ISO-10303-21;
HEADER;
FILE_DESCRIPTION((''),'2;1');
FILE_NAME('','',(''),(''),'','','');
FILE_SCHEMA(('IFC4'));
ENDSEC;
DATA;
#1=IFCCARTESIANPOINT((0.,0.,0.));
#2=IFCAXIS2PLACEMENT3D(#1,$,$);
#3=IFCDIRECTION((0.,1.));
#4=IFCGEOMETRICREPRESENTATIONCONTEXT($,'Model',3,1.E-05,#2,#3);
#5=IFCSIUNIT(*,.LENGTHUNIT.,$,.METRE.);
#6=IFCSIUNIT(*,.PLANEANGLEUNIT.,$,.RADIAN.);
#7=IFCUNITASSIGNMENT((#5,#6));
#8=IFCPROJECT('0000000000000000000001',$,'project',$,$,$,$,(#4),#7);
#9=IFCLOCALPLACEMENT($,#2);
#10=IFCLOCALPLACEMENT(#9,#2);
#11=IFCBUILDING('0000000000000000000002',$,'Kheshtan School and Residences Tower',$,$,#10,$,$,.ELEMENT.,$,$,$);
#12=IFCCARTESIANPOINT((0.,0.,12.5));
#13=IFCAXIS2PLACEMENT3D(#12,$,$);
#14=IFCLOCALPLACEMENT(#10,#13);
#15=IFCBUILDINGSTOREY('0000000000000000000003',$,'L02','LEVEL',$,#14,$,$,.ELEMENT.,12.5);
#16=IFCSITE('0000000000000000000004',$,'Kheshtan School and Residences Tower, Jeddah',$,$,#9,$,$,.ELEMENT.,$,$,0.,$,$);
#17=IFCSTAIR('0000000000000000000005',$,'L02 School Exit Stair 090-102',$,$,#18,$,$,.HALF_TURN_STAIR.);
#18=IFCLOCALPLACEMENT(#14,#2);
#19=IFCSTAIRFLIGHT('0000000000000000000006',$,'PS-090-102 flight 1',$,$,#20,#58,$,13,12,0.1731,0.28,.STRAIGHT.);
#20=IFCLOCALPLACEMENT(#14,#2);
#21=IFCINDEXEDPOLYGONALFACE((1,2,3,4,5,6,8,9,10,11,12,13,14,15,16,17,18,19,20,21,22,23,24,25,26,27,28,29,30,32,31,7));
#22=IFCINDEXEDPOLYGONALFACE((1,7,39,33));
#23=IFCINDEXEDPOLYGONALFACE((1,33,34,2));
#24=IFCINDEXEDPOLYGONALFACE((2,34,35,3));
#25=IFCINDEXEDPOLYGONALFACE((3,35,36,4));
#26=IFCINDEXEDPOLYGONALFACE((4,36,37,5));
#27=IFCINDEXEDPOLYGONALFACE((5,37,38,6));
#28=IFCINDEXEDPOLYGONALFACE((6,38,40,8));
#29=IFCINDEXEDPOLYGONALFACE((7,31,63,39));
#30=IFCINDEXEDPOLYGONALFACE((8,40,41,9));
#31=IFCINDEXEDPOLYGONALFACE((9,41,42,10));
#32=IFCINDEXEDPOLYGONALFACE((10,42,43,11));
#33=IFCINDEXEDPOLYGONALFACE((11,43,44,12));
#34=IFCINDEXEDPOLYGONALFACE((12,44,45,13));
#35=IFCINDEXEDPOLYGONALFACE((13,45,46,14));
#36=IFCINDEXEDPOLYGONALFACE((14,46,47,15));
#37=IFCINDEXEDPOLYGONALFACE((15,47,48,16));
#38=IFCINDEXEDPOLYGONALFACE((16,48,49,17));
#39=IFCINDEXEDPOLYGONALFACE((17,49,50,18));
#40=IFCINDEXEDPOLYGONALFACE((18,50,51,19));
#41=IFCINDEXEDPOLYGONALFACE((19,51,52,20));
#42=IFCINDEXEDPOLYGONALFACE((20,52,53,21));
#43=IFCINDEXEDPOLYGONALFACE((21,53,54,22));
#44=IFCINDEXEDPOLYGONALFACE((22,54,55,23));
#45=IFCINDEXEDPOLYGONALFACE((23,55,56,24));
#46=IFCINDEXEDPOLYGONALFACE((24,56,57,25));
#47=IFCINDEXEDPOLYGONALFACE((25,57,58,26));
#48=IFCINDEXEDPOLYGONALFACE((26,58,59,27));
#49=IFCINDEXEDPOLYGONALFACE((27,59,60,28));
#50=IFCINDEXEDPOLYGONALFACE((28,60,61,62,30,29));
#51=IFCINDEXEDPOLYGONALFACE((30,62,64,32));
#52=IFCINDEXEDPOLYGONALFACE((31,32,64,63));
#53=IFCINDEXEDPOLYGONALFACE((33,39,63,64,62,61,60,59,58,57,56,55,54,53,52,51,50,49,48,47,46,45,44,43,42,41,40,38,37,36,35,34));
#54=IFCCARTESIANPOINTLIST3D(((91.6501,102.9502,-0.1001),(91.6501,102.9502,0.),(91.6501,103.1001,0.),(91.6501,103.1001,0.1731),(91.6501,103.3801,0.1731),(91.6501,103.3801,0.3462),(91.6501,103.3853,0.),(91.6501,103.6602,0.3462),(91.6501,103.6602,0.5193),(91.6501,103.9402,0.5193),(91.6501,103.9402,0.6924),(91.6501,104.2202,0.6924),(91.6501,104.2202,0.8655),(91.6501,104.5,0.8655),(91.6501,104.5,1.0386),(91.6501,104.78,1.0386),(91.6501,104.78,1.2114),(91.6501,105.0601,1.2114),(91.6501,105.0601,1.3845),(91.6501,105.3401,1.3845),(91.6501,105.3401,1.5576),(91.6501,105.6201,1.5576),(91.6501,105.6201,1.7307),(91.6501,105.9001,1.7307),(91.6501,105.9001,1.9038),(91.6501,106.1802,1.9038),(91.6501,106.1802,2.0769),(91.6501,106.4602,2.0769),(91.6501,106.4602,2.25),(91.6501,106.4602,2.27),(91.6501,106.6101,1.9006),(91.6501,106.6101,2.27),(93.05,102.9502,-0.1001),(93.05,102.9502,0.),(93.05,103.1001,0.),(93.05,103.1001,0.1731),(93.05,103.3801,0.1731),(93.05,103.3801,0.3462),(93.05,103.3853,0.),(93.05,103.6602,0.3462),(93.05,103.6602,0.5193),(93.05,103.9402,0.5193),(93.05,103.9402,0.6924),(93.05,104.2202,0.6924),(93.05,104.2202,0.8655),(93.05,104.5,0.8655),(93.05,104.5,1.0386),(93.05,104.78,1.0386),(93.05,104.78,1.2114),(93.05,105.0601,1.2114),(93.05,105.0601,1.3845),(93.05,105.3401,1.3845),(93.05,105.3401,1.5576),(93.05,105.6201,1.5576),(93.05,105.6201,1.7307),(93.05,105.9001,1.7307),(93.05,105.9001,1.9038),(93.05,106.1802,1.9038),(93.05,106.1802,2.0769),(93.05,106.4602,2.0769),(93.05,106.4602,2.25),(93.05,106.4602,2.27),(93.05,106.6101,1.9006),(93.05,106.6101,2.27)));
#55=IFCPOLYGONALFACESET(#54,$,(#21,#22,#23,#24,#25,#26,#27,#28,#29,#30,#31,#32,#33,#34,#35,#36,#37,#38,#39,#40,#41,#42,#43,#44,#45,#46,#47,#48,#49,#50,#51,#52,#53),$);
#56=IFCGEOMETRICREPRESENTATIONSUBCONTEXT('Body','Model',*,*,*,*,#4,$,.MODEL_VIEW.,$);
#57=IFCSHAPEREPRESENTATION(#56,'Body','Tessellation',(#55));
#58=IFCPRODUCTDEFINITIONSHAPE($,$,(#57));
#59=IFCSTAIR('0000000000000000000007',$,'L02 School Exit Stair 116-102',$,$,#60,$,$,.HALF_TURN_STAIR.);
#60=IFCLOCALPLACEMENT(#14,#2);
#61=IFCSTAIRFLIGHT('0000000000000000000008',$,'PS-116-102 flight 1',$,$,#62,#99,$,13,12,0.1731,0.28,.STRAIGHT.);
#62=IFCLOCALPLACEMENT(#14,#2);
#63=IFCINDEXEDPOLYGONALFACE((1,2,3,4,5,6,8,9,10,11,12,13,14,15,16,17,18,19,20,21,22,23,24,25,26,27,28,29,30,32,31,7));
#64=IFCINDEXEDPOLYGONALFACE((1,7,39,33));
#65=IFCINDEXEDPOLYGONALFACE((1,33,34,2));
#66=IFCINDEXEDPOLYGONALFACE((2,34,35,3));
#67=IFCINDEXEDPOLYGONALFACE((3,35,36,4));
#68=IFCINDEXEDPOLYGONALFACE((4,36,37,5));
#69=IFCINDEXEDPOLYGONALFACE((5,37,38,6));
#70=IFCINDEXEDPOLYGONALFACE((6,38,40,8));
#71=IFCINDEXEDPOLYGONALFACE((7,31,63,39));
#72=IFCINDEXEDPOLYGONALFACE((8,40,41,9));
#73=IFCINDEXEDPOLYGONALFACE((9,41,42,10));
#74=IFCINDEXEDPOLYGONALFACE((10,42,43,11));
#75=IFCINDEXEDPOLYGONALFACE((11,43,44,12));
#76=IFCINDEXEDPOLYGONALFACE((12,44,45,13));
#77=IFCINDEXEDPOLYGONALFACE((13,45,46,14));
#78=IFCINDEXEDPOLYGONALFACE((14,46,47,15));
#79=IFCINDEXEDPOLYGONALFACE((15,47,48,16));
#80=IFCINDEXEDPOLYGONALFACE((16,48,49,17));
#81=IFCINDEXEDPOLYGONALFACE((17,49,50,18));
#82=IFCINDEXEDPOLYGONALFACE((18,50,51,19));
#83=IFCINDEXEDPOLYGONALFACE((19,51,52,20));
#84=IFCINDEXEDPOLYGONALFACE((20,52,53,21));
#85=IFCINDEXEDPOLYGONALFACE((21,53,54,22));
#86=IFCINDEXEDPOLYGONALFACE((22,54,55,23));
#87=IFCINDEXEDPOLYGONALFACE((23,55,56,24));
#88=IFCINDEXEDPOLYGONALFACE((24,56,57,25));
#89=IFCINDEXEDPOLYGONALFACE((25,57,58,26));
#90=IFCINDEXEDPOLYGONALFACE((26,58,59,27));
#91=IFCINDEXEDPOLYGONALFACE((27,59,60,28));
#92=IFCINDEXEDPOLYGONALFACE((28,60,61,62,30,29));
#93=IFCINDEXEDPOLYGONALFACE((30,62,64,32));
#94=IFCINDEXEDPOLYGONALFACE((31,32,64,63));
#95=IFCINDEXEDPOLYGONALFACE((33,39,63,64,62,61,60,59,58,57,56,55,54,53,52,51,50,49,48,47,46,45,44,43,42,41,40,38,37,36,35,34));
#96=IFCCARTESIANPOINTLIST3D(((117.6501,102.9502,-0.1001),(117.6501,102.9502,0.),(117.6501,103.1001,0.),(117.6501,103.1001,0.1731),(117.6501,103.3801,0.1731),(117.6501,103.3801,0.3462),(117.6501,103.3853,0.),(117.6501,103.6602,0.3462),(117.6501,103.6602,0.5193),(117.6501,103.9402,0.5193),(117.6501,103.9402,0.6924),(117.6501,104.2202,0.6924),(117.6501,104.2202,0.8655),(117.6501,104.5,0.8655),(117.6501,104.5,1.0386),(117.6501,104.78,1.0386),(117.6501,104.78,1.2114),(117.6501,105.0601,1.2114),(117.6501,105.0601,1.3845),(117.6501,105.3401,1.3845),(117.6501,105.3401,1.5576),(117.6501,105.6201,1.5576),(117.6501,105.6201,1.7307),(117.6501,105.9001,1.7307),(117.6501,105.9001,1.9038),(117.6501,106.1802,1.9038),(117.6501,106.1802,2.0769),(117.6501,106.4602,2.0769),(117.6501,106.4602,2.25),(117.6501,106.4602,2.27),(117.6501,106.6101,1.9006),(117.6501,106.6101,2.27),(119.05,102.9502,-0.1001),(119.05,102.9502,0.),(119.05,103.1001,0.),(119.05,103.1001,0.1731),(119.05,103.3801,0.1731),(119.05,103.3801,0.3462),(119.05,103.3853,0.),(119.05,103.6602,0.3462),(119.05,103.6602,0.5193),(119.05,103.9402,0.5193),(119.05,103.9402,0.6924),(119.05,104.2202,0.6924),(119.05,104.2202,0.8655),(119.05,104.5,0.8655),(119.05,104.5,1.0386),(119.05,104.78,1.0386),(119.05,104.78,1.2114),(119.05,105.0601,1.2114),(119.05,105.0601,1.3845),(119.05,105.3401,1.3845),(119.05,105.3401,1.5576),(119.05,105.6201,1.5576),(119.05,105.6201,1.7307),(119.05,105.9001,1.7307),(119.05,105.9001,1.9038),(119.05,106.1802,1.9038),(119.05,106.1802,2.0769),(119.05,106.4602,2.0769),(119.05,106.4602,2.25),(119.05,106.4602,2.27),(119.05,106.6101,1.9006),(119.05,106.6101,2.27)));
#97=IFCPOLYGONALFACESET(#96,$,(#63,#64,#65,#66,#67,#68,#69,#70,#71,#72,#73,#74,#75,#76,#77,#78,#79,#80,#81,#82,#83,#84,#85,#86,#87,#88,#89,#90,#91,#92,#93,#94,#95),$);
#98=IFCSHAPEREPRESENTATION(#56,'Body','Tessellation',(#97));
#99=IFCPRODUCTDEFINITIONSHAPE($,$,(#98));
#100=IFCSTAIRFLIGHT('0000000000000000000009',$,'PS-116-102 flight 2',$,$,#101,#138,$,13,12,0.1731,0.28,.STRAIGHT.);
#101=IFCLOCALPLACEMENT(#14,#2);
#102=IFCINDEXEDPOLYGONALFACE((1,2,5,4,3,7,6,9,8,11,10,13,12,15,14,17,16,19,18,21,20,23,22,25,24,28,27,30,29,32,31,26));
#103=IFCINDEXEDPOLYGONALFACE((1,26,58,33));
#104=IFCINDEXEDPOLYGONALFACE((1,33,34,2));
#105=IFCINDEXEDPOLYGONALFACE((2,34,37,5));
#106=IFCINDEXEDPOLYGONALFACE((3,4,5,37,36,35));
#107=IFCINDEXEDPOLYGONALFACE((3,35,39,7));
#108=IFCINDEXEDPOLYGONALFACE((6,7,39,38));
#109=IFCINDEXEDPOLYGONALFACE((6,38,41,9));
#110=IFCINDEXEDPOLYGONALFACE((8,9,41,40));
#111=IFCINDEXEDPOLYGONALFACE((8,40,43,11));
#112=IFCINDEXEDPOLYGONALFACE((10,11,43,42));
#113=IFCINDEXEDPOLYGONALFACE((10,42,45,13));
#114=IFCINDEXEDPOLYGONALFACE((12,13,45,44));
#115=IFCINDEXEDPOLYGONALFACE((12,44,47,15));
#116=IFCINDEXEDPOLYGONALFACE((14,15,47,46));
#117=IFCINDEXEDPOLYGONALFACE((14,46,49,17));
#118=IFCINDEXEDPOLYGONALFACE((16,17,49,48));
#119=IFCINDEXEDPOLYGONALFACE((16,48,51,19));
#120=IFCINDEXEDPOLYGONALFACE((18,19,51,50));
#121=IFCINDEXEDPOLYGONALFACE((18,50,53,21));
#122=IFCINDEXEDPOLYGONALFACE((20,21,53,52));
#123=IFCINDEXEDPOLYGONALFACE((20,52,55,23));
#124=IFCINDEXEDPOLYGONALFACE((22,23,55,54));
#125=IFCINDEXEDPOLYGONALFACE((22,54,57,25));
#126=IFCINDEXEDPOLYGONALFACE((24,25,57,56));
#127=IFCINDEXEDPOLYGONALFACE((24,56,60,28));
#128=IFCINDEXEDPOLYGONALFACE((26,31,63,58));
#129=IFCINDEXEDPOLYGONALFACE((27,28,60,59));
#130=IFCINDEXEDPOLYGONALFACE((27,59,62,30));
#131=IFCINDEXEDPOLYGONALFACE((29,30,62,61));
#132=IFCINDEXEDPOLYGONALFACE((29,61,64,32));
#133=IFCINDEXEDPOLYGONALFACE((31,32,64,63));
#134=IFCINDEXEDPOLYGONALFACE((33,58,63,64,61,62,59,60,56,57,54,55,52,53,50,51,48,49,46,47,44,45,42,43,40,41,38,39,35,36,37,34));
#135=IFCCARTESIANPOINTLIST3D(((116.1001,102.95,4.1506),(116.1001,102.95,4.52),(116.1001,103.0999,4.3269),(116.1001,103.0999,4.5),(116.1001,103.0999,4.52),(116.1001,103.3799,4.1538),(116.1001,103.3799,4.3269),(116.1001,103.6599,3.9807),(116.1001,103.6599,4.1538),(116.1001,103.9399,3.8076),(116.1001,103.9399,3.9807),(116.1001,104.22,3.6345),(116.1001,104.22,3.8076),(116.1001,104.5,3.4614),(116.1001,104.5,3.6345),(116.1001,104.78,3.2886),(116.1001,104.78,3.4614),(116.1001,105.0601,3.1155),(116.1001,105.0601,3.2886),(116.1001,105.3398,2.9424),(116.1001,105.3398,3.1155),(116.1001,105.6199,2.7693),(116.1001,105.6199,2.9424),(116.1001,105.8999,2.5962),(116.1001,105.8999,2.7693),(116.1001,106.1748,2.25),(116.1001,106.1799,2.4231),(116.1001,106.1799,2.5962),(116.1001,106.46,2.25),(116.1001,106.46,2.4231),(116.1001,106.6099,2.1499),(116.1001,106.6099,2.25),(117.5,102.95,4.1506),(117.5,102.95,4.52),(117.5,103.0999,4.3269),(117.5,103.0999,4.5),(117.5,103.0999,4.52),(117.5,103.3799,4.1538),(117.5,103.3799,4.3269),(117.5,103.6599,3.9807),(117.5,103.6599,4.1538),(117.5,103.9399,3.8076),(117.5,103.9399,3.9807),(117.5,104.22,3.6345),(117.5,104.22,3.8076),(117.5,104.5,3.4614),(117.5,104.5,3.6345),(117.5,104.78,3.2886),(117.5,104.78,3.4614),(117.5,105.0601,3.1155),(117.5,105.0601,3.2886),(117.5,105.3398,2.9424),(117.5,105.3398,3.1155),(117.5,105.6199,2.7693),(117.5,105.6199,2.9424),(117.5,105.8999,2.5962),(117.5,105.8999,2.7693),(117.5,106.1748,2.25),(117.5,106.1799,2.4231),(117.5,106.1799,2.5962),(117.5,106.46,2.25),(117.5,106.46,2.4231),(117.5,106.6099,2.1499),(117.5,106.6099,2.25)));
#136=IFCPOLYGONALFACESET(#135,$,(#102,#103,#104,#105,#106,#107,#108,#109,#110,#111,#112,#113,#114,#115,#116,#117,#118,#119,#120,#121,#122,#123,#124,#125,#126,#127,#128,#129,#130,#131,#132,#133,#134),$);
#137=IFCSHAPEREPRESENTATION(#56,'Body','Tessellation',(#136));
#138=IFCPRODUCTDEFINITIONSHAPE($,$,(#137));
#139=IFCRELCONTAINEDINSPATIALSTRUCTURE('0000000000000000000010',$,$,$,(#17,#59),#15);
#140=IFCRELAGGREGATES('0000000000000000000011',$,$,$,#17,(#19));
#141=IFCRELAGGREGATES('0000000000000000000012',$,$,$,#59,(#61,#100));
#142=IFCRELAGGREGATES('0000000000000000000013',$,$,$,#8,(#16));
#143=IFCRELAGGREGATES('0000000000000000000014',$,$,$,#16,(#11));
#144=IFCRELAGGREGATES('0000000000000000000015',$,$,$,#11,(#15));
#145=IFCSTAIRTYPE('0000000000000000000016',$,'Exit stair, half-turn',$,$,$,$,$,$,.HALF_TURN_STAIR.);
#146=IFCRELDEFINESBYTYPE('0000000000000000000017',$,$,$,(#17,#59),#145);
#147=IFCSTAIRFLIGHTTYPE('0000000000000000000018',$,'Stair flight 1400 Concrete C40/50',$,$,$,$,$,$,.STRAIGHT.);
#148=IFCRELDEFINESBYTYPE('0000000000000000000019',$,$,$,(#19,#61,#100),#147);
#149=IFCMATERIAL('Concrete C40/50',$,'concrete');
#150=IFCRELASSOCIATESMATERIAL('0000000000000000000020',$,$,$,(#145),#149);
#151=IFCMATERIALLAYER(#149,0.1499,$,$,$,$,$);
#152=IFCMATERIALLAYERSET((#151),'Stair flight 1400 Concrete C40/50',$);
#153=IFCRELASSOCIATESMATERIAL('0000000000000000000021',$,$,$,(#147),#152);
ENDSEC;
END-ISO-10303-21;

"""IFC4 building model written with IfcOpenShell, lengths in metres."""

from ifc_helpers import new_model, si_unit, direction, frame, origin, place, context, subcontext, project, spatial, polyline, outline, extrude, material, layer, layer_set, type_object, element, aggregate, save


model = new_model("IFC4")

# Units and contexts
model_context = context("Model", 3, precision=1e-05, world=origin(), true_north=direction((0.0, 1.0)))
body_context = subcontext(model_context, "Body", "Model", "MODEL_VIEW")
ifc_project = project(units=[si_unit("LENGTHUNIT", "METRE"), si_unit("PLANEANGLEUNIT", "RADIAN")], contexts=[model_context])

# Site, building, storey
site_placement = place(None, origin())
site = spatial("IfcSite", under=ifc_project, at=site_placement, Name="Kheshtan School and Residences Tower, Jeddah", CompositionType="ELEMENT", RefElevation=0.0)
building_placement = place(site_placement, origin())
building = spatial("IfcBuilding", under=site, at=building_placement, Name="Kheshtan School and Residences Tower", CompositionType="ELEMENT")
storey_placement = place(building_placement, frame((0.0, 0.0, 12.5)))
storey = spatial("IfcBuildingStorey", under=building, at=storey_placement, Name="L02", Description="LEVEL", CompositionType="ELEMENT", Elevation=12.5)

# Shared definitions
ifc_material_1 = material(Name="Concrete C40/50", Category="concrete")

# Stair, stair flight
stair_type = type_object("IfcStairType", Name="Exit stair, half-turn", PredefinedType="HALF_TURN_STAIR", material=ifc_material_1)
stair_1_placement = place(storey_placement, origin())
stair_1 = element("IfcStair", 1, at=stair_1_placement, inside=storey, type_object=stair_type, Name="L02 School Exit Stair 090-102", PredefinedType="HALF_TURN_STAIR")
ifc_layer_1 = layer(ifc_material_1, 0.1499)
ifc_layer_set_1 = layer_set([ifc_layer_1], Name="Stair flight 1400 Concrete C40/50")
stair_flight_type = type_object("IfcStairFlightType", Name="Stair flight 1400 Concrete C40/50", PredefinedType="STRAIGHT", material=ifc_layer_set_1)
stair_flight_1_placement = place(storey_placement, frame((92.3501, 103.1001, 0.0), z_axis=(0.0, 0.0, 1.0), x_axis=(0.0, 1.0, 0.0)))
stair_flight_1 = element("IfcStairFlight", 2, at=stair_flight_1_placement, type_object=stair_flight_type, Name="PS-090-102 flight 1", NumberOfRisers=13, NumberOfTreads=12, PredefinedType="STRAIGHT", RiserHeight=0.1731, TreadLength=0.28, context=body_context, shape_type="SweptSolid", body=[
    extrude(outline(polyline([(-0.1499, -0.1001), (-0.1499, 0.0), (0.0, 0.0), (0.0, 0.1731), (0.28, 0.1731), (0.28, 0.3462), (0.5601, 0.3462), (0.5601, 0.5193), (0.8401, 0.5193), (0.8401, 0.6924), (1.1201, 0.6924), (1.1201, 0.8655), (1.3999, 0.8655), (1.3999, 1.0386), (1.6799, 1.0386), (1.6799, 1.2114), (1.96, 1.2114), (1.96, 1.3845), (2.24, 1.3845), (2.24, 1.5576), (2.52, 1.5576), (2.52, 1.7307), (2.8, 1.7307), (2.8, 1.9038), (3.0801, 1.9038), (3.0801, 2.0769), (3.3601, 2.0769), (3.3601, 2.25), (3.3601, 2.27), (3.51, 2.27), (3.51, 1.9006), (0.2852, 0.0), (-0.1499, -0.1001)])), frame((0.0, 0.7, 0.0), z_axis=(0.0, -1.0, 0.0), x_axis=(1.0, 0.0, 0.0)), (0.0, 0.0, 1.0), 1.3999),
])
aggregate(stair_1, [stair_flight_1])

# Stair, stair flights
stair_2_placement = place(storey_placement, origin())
stair_2 = element("IfcStair", 3, at=stair_2_placement, inside=storey, type_object=stair_type, Name="L02 School Exit Stair 116-102", PredefinedType="HALF_TURN_STAIR")
stair_flight_2_placement = place(storey_placement, frame((118.3501, 103.1001, 0.0), z_axis=(0.0, 0.0, 1.0), x_axis=(0.0, 1.0, 0.0)))
stair_flight_2 = element("IfcStairFlight", 4, at=stair_flight_2_placement, type_object=stair_flight_type, Name="PS-116-102 flight 1", NumberOfRisers=13, NumberOfTreads=12, PredefinedType="STRAIGHT", RiserHeight=0.1731, TreadLength=0.28, context=body_context, shape_type="SweptSolid", body=[
    extrude(outline(polyline([(-0.1499, -0.1001), (-0.1499, 0.0), (0.0, 0.0), (0.0, 0.1731), (0.28, 0.1731), (0.28, 0.3462), (0.5601, 0.3462), (0.5601, 0.5193), (0.8401, 0.5193), (0.8401, 0.6924), (1.1201, 0.6924), (1.1201, 0.8655), (1.3999, 0.8655), (1.3999, 1.0386), (1.6799, 1.0386), (1.6799, 1.2114), (1.96, 1.2114), (1.96, 1.3845), (2.24, 1.3845), (2.24, 1.5576), (2.52, 1.5576), (2.52, 1.7307), (2.8, 1.7307), (2.8, 1.9038), (3.0801, 1.9038), (3.0801, 2.0769), (3.3601, 2.0769), (3.3601, 2.25), (3.3601, 2.27), (3.51, 2.27), (3.51, 1.9006), (0.2852, 0.0), (-0.1499, -0.1001)])), frame((0.0, 0.7, 0.0), z_axis=(0.0, -1.0, 0.0), x_axis=(1.0, 0.0, 0.0)), (0.0, 0.0, 1.0), 1.3999),
])
stair_flight_3_placement = place(storey_placement, frame((116.8, 106.46, 2.25), z_axis=(0.0, 0.0, 1.0), x_axis=(0.0, -1.0, 0.0)))
stair_flight_3 = element("IfcStairFlight", 5, at=stair_flight_3_placement, type_object=stair_flight_type, Name="PS-116-102 flight 2", NumberOfRisers=13, NumberOfTreads=12, PredefinedType="STRAIGHT", RiserHeight=0.1731, TreadLength=0.28, context=body_context, shape_type="SweptSolid", body=[
    extrude(outline(polyline([(-0.1499, -0.1001), (-0.1499, 0.0), (0.0, 0.0), (0.0, 0.1731), (0.28, 0.1731), (0.28, 0.3462), (0.5601, 0.3462), (0.5601, 0.5193), (0.8401, 0.5193), (0.8401, 0.6924), (1.1201, 0.6924), (1.1201, 0.8655), (1.3999, 0.8655), (1.3999, 1.0386), (1.6799, 1.0386), (1.6799, 1.2114), (1.96, 1.2114), (1.96, 1.3845), (2.24, 1.3845), (2.24, 1.5576), (2.52, 1.5576), (2.52, 1.7307), (2.8, 1.7307), (2.8, 1.9038), (3.0801, 1.9038), (3.0801, 2.0769), (3.3601, 2.0769), (3.3601, 2.25), (3.3601, 2.27), (3.51, 2.27), (3.51, 1.9006), (0.2852, 0.0), (-0.1499, -0.1001)])), frame((0.0, 0.7, 0.0), z_axis=(0.0, -1.0, 0.0), x_axis=(1.0, 0.0, 0.0)), (0.0, 0.0, 1.0), 1.3999),
])
aggregate(stair_2, [stair_flight_2, stair_flight_3])

save(model, "model.ifc")
